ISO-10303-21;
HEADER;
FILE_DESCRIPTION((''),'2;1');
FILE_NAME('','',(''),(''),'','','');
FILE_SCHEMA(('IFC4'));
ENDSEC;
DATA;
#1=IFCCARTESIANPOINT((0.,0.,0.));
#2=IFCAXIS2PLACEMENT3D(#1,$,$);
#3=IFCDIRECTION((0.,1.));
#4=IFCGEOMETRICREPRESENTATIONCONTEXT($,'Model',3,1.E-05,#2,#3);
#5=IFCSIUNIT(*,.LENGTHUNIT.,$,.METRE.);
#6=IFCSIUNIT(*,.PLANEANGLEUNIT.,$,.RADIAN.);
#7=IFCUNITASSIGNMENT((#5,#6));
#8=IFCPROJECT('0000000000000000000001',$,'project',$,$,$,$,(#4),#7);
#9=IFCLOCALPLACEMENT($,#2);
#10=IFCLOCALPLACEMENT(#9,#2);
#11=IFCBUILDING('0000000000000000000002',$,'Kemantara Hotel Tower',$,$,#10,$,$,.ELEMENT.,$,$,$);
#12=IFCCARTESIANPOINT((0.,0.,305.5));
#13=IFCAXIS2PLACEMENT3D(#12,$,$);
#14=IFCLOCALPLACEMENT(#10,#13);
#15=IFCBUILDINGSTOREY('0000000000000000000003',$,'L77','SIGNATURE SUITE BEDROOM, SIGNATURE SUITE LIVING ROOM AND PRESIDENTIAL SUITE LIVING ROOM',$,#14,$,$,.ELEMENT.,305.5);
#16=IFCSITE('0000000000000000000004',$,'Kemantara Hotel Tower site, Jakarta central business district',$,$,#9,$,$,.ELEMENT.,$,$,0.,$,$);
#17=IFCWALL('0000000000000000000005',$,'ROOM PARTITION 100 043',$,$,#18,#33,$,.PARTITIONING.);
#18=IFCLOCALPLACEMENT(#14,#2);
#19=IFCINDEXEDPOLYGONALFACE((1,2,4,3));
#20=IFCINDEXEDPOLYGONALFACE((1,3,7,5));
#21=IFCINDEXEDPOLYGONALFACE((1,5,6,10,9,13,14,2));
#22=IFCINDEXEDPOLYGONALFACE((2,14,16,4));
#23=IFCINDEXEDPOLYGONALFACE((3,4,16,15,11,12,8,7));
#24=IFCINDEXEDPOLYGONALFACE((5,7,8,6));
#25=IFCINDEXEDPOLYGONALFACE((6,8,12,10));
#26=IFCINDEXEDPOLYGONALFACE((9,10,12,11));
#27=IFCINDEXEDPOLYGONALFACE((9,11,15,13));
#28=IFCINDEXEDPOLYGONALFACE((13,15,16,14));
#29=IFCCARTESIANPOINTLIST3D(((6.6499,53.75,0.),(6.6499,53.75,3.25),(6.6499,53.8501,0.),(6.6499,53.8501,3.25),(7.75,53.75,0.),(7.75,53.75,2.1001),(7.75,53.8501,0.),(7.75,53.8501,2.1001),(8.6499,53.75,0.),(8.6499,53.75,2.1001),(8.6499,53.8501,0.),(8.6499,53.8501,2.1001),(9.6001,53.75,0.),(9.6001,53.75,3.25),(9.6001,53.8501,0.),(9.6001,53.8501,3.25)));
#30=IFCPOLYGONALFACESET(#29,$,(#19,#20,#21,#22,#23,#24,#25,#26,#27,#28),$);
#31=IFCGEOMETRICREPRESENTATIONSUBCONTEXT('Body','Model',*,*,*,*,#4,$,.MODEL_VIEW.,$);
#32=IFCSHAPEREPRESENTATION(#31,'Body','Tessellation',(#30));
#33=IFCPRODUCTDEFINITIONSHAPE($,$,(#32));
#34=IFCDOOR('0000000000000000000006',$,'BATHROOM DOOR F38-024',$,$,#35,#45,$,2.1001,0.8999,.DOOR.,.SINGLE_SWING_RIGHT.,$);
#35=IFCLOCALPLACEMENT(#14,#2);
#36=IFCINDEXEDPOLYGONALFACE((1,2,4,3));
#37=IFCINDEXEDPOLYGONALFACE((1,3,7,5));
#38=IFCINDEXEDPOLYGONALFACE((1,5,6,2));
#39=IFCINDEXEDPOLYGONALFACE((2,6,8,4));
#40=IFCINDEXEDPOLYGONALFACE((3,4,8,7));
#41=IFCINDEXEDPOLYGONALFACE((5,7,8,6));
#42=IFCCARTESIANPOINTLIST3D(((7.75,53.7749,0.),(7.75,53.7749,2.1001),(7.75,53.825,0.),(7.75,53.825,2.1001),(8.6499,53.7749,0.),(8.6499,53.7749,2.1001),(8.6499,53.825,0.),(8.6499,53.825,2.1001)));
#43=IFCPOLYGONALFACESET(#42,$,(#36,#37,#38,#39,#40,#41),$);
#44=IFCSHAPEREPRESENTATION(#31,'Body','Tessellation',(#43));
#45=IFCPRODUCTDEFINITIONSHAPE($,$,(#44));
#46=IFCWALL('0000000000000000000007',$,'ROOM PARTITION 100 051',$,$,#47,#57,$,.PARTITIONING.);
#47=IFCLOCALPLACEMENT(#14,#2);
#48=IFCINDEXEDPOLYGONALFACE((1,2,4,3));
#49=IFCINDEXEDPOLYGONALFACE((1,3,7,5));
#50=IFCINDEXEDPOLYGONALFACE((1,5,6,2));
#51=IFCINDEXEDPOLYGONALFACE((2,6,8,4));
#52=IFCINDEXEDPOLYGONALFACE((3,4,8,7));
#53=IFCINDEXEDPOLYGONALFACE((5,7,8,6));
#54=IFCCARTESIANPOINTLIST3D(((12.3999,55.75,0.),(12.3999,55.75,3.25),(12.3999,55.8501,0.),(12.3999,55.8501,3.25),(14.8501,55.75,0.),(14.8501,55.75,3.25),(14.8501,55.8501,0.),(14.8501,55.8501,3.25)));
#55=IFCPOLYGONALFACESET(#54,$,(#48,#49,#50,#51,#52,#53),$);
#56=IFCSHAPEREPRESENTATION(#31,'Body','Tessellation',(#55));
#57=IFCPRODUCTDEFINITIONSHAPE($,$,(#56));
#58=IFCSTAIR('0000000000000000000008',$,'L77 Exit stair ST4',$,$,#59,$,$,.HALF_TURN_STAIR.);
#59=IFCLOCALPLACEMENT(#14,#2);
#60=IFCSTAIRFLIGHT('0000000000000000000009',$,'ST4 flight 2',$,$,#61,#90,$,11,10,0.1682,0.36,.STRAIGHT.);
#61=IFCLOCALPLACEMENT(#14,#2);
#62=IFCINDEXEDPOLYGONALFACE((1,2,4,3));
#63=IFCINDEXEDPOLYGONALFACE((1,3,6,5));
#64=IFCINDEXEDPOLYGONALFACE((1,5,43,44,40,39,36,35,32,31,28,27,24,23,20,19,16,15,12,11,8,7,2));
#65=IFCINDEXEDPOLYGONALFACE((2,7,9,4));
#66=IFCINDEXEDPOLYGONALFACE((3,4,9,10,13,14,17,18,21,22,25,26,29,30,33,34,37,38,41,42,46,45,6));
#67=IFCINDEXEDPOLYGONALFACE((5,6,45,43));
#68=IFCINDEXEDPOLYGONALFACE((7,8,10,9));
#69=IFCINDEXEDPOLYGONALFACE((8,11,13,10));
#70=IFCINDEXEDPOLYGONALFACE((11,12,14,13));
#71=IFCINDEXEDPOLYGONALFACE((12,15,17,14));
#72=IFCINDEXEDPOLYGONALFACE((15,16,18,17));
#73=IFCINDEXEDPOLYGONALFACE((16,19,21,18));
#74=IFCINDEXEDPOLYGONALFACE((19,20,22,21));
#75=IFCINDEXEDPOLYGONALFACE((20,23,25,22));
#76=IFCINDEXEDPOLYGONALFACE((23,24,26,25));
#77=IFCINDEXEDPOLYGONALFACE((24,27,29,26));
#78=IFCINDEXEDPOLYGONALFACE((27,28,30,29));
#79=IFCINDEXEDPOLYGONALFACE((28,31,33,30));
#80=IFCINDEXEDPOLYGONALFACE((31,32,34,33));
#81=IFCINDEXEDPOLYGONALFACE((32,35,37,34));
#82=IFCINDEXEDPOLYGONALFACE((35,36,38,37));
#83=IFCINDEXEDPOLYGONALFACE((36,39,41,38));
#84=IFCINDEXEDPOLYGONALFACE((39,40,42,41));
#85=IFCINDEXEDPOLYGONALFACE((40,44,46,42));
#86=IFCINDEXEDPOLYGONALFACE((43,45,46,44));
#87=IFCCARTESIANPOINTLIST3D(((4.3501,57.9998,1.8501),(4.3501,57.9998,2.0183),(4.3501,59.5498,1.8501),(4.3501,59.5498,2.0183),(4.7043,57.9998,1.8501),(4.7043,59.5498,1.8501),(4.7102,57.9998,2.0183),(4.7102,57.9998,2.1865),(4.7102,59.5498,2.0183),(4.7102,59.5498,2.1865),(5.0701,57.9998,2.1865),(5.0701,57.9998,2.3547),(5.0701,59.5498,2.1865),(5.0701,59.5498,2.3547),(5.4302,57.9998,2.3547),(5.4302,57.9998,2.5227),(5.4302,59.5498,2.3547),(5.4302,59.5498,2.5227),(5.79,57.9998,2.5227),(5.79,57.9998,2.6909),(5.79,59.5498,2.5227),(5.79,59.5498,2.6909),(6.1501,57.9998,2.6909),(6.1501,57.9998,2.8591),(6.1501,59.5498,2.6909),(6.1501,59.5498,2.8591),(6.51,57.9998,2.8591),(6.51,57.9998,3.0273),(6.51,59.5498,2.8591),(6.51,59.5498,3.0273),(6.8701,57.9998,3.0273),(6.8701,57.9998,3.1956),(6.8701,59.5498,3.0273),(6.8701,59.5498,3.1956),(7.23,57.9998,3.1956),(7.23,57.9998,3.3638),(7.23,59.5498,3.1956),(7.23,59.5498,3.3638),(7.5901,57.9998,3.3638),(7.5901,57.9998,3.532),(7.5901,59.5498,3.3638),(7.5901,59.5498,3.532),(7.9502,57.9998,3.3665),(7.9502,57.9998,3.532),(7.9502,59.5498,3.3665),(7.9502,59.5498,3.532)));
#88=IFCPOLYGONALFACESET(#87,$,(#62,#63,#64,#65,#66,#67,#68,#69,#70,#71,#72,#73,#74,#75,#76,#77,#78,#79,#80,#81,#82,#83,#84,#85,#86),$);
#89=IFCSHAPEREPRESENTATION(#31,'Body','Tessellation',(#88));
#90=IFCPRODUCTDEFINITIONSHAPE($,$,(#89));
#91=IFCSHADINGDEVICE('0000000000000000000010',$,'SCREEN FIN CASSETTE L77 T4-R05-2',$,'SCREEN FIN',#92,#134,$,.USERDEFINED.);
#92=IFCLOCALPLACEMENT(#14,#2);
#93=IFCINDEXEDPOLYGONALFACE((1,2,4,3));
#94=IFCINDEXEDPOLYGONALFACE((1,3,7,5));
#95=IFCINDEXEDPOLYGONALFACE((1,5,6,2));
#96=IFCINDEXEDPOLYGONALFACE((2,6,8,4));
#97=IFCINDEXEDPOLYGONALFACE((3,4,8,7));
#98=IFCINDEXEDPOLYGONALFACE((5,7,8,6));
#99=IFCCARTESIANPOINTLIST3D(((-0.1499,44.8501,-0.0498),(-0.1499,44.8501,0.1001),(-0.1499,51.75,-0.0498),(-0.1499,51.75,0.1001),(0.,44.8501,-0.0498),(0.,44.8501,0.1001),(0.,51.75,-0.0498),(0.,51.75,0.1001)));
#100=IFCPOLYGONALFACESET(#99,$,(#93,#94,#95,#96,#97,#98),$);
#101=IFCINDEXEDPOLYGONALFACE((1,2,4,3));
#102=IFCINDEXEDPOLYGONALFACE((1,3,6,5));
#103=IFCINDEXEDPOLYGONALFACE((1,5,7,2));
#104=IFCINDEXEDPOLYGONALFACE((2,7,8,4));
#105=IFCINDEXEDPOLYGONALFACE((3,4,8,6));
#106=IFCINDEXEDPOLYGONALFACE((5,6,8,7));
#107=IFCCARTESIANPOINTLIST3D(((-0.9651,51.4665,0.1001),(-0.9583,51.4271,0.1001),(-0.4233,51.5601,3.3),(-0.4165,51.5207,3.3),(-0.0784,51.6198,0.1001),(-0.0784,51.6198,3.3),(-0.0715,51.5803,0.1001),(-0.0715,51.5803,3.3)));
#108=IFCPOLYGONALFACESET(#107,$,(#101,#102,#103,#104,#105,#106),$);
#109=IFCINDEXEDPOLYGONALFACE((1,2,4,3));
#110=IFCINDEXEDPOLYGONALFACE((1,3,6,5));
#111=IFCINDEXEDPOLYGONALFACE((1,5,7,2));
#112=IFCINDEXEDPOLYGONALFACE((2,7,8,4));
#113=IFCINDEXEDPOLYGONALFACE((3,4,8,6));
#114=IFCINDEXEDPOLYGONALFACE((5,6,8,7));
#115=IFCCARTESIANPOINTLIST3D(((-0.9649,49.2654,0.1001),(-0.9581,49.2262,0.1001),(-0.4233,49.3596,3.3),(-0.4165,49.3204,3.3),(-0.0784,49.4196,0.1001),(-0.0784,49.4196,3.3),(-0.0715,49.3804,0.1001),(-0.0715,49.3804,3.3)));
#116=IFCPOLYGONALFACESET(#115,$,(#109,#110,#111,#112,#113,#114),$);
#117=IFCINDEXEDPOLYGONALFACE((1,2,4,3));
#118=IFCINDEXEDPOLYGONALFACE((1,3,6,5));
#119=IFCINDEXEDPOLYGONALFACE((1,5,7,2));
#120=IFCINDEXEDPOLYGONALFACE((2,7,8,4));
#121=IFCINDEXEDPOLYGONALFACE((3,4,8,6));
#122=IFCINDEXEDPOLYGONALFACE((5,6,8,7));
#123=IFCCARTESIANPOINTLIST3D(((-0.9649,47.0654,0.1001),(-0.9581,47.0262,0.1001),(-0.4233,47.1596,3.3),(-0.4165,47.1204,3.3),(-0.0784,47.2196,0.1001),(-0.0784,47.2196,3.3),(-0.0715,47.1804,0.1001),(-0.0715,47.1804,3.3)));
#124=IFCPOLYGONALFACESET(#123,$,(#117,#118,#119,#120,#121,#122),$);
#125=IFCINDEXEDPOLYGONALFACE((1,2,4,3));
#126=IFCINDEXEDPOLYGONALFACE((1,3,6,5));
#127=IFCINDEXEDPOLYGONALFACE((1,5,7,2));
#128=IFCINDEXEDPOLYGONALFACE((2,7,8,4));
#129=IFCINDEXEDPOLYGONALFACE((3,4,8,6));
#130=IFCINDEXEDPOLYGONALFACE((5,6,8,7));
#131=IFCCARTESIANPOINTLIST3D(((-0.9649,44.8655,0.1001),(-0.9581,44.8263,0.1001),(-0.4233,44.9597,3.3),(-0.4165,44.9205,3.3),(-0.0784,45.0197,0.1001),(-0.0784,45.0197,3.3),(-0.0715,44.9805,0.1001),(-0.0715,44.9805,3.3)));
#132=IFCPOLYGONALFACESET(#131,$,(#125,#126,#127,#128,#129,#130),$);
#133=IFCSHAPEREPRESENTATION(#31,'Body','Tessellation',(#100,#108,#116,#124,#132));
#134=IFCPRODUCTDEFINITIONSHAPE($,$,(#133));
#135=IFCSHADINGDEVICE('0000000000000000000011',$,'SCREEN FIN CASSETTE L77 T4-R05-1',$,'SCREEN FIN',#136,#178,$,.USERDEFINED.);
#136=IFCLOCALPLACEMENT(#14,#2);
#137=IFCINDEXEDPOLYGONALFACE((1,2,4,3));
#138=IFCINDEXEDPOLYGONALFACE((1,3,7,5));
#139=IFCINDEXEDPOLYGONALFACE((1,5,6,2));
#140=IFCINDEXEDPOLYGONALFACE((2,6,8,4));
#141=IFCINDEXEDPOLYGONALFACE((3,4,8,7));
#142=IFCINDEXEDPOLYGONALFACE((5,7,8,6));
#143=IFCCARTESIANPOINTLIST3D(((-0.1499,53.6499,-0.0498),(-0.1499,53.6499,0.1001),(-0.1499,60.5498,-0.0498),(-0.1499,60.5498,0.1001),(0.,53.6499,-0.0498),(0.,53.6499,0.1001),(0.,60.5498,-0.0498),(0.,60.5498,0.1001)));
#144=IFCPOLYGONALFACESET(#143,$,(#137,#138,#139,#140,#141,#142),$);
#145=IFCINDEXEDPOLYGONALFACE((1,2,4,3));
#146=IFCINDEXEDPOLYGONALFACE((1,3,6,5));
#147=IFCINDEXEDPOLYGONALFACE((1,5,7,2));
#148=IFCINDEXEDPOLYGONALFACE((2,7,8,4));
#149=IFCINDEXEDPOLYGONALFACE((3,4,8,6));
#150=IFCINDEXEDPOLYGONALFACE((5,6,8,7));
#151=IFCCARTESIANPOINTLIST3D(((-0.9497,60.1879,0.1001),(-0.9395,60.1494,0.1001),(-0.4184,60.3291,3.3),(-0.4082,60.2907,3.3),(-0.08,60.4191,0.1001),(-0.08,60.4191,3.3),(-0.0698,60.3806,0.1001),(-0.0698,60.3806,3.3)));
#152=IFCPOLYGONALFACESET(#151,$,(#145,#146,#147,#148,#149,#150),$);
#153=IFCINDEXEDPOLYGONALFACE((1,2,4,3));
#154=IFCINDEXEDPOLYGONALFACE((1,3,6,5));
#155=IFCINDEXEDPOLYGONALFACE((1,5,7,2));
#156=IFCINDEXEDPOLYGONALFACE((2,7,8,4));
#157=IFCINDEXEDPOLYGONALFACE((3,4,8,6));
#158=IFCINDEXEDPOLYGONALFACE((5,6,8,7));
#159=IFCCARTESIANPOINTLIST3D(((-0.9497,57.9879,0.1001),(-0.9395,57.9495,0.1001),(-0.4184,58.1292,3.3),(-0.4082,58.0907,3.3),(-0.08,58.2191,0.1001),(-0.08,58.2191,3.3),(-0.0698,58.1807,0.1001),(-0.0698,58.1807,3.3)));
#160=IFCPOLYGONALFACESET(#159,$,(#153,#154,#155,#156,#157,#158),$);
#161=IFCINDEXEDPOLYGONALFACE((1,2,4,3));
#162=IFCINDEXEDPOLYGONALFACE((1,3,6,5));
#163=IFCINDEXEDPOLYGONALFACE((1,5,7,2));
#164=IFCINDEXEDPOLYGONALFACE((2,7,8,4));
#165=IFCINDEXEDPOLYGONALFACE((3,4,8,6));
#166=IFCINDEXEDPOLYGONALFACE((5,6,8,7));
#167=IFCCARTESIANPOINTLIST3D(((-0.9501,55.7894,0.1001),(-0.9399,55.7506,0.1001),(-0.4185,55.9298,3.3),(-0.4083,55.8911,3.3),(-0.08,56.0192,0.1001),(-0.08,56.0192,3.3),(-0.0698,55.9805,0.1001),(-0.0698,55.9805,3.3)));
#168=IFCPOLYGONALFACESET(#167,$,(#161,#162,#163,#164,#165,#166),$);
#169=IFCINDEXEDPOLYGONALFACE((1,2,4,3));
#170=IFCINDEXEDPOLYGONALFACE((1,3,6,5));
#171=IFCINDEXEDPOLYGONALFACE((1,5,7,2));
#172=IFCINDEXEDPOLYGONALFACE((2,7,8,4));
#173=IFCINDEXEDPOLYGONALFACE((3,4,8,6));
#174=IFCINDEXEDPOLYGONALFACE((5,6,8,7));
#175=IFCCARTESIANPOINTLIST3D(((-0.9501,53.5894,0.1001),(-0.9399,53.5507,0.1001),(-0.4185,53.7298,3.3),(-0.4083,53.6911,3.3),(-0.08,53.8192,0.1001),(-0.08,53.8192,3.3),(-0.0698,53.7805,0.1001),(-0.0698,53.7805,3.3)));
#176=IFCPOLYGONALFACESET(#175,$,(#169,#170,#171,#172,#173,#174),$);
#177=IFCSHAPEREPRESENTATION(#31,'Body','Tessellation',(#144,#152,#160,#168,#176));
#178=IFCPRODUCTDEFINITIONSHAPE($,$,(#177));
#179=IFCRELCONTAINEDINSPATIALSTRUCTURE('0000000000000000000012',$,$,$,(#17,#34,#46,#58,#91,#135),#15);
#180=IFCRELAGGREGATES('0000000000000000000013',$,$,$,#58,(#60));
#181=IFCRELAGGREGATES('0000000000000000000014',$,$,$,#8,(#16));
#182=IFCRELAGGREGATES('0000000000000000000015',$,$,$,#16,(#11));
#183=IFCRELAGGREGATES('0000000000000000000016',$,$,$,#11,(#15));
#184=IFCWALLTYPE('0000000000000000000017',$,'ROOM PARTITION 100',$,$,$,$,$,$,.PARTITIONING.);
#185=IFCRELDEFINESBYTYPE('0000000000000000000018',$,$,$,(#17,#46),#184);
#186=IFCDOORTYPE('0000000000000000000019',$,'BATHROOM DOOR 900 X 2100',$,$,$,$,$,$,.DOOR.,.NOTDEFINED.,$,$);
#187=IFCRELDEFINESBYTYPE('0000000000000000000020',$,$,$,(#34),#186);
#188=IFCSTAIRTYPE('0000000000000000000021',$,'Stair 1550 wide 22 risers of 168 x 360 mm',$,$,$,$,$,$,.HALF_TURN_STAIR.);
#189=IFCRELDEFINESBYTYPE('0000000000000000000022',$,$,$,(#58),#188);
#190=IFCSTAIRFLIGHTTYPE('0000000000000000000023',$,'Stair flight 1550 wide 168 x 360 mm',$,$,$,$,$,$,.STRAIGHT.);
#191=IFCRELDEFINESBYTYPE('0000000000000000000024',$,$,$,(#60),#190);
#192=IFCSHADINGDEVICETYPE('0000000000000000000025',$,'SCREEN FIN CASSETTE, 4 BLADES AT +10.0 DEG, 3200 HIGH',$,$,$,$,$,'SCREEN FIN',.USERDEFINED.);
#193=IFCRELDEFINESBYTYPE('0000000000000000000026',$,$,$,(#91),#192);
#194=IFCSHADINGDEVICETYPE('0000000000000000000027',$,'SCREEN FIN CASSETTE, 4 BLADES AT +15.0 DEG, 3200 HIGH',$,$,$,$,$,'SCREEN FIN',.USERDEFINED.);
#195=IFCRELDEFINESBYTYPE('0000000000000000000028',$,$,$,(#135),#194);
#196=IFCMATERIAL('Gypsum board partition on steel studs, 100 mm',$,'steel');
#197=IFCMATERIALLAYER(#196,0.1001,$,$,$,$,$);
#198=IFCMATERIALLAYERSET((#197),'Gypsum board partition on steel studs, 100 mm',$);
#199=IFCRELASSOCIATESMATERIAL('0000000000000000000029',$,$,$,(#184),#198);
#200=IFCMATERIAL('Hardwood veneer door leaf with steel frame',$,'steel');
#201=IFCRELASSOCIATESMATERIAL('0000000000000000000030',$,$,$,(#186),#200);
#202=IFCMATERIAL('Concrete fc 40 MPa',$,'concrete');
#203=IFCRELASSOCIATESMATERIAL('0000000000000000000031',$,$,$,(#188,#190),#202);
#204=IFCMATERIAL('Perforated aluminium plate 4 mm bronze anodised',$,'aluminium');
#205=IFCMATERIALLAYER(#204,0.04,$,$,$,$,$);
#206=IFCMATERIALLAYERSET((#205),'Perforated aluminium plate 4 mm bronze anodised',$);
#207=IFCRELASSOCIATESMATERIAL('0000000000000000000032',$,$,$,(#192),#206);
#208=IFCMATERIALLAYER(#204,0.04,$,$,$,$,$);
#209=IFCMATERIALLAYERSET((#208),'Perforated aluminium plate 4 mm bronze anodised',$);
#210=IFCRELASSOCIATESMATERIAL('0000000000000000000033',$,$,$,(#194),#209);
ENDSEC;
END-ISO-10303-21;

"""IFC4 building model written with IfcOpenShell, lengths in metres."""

from ifc_helpers import new_model, si_unit, direction, frame, frame_2d, origin, origin_2d, place, context, subcontext, project, spatial, polyline, rectangle, outline, extrude, source, transform, mapped, material, layer, layer_set, type_object, element, fill, aggregate, save


model = new_model("IFC4")

# Units and contexts
model_context = context("Model", 3, precision=1e-05, world=origin(), true_north=direction((0.0, 1.0)))
body_context = subcontext(model_context, "Body", "Model", "MODEL_VIEW")
ifc_project = project(units=[si_unit("LENGTHUNIT", "METRE"), si_unit("PLANEANGLEUNIT", "RADIAN")], contexts=[model_context])

# Site, building, storey
site_placement = place(None, origin())
site = spatial("IfcSite", under=ifc_project, at=site_placement, Name="Kemantara Hotel Tower site, Jakarta central business district", CompositionType="ELEMENT", RefElevation=0.0)
building_placement = place(site_placement, origin())
building = spatial("IfcBuilding", under=site, at=building_placement, Name="Kemantara Hotel Tower", CompositionType="ELEMENT")
storey_placement = place(building_placement, frame((0.0, 0.0, 305.5)))
storey = spatial("IfcBuildingStorey", under=building, at=storey_placement, Name="L77", Description="SIGNATURE SUITE BEDROOM, SIGNATURE SUITE LIVING ROOM AND PRESIDENTIAL SUITE LIVING ROOM", CompositionType="ELEMENT", Elevation=305.5)

# Shared definitions
ifc_material_1 = material(Name="Hardwood veneer door leaf with steel frame", Category="steel")

# Shared definitions
ifc_material_2 = material(Name="Concrete fc 40 MPa", Category="concrete")

# Shared definitions
ifc_material_3 = material(Name="Gypsum board partition on steel studs, 100 mm", Category="steel")
ifc_layer_1 = layer(ifc_material_3, 0.1001)
ifc_layer_set_1 = layer_set([ifc_layer_1], Name="Gypsum board partition on steel studs, 100 mm")
wall_type_1 = type_object("IfcWallType", Name="ROOM PARTITION 100", PredefinedType="PARTITIONING", material=ifc_layer_set_1)

# Wall, opening, door
wall_1_placement = place(storey_placement, frame((6.6499, 53.8, 0.0), z_axis=(0.0, 0.0, 1.0), x_axis=(1.0, 0.0, 0.0)))
wall_1 = element("IfcWall", 1, at=wall_1_placement, inside=storey, type_object=wall_type_1, Name="ROOM PARTITION 100 043", PredefinedType="PARTITIONING", context=body_context, shape_type="SweptSolid", body=[
    extrude(rectangle(XDim=2.9502, YDim=0.1001, at=frame_2d((1.4751, 0.0))), origin(), (0.0, 0.0, 1.0), 3.25),
])
opening_1_placement = place(wall_1_placement, frame((1.1001, 0.0, 0.0)))
opening_1 = element("IfcOpeningElement", 2, at=opening_1_placement, cuts=wall_1, PredefinedType="OPENING", context=body_context, shape_type="SweptSolid", body=[
    extrude(rectangle(XDim=0.8999, YDim=2.1001, at=frame_2d((0.45, 1.05))), frame((0.0, 0.0601, 0.0), z_axis=(0.0, -1.0, 0.0), x_axis=(1.0, 0.0, 0.0)), (0.0, 0.0, 1.0), 0.1201),
])
door_type_1 = type_object("IfcDoorType", Name="BATHROOM DOOR 900 X 2100", OperationType="NOTDEFINED", PredefinedType="DOOR", material=ifc_material_1)
door_1_placement = place(opening_1_placement, origin())
door_1 = element("IfcDoor", 3, at=door_1_placement, inside=storey, type_object=door_type_1, Name="BATHROOM DOOR F38-024", OperationType="SINGLE_SWING_RIGHT", OverallHeight=2.1001, OverallWidth=0.8999, PredefinedType="DOOR", context=body_context, shape_type="SweptSolid", body=[
    extrude(rectangle(XDim=0.8999, YDim=2.1001, at=frame_2d((0.45, 1.05))), frame((0.0, 0.0249, 0.0), z_axis=(0.0, -1.0, 0.0), x_axis=(1.0, 0.0, 0.0)), (0.0, 0.0, 1.0), 0.05),
])
fill(opening_1, door_1)

# Wall
wall_2_placement = place(storey_placement, frame((12.3999, 55.8, 0.0), z_axis=(0.0, 0.0, 1.0), x_axis=(1.0, 0.0, 0.0)))
element("IfcWall", 4, at=wall_2_placement, inside=storey, type_object=wall_type_1, Name="ROOM PARTITION 100 051", PredefinedType="PARTITIONING", context=body_context, shape_type="SweptSolid", body=[
    extrude(rectangle(XDim=2.4502, YDim=0.1001, at=frame_2d((1.2251, 0.0))), origin(), (0.0, 0.0, 1.0), 3.25),
])

# Stair, stair flight
stair_type = type_object("IfcStairType", Name="Stair 1550 wide 22 risers of 168 x 360 mm", PredefinedType="HALF_TURN_STAIR", material=ifc_material_2)
stair_placement = place(storey_placement, origin())
stair = element("IfcStair", 5, at=stair_placement, inside=storey, type_object=stair_type, Name="L77 Exit stair ST4", PredefinedType="HALF_TURN_STAIR")
stair_flight_type = type_object("IfcStairFlightType", Name="Stair flight 1550 wide 168 x 360 mm", PredefinedType="STRAIGHT", material=ifc_material_2)
stair_flight_placement = place(storey_placement, frame((4.3501, 58.7749, 1.8501), z_axis=(0.0, 0.0, 1.0), x_axis=(1.0, 0.0, 0.0)))
stair_flight = element("IfcStairFlight", 6, at=stair_flight_placement, type_object=stair_flight_type, Name="ST4 flight 2", NumberOfRisers=11, NumberOfTreads=10, PredefinedType="STRAIGHT", RiserHeight=0.1682, TreadLength=0.36, context=body_context, shape_type="SweptSolid", body=[
    extrude(outline(polyline([(0.0, 0.0), (0.0, 0.1682), (0.3601, 0.1682), (0.3601, 0.3364), (0.72, 0.3364), (0.72, 0.5046), (1.0801, 0.5046), (1.0801, 0.6726), (1.4399, 0.6726), (1.4399, 0.8408), (1.8, 0.8408), (1.8, 1.009), (2.1599, 1.009), (2.1599, 1.1772), (2.52, 1.1772), (2.52, 1.3455), (2.8799, 1.3455), (2.8799, 1.5137), (3.24, 1.5137), (3.24, 1.6819), (3.6001, 1.6819), (3.6001, 1.8501), (3.6001, 1.5164), (0.3542, 0.0), (0.0, 0.0)])), frame((0.0, 0.7749, 0.0), z_axis=(0.0, -1.0, 0.0), x_axis=(1.0, 0.0, 0.0)), (0.0, 0.0, 1.0), 1.55),
])
aggregate(stair, [stair_flight])

# Shading devices
ifc_material_4 = material(Name="Perforated aluminium plate 4 mm bronze anodised", Category="aluminium")
ifc_layer_2 = layer(ifc_material_4, 0.04)
ifc_layer_set_2 = layer_set([ifc_layer_2], Name="Perforated aluminium plate 4 mm bronze anodised")
shading_device_type_1 = type_object("IfcShadingDeviceType", Name="SCREEN FIN CASSETTE, 4 BLADES AT +10.0 DEG, 3200 HIGH", ElementType="SCREEN FIN", PredefinedType="USERDEFINED", material=ifc_layer_set_2)
shared_shape_1 = source(origin(), body_context, "Body", "SweptSolid", [
    extrude(rectangle(XDim=6.8999, YDim=0.1499, at=origin_2d()), frame((3.3, -0.075, -0.1499), z_axis=(0.0, 0.0, 1.0), x_axis=(1.0, 0.0, 0.0)), (0.0, 0.0, 1.0), 0.1499),
    extrude(outline(polyline([(0.0, 0.0), (0.8999, 0.0), (0.3501, 3.2), (0.0, 3.2), (0.0, 0.0)])), frame((0.0198, -0.0715, 0.0), z_axis=(-0.98539, -0.170314, 0.0), x_axis=(0.170314, -0.98539, 0.0)), (0.0, 0.0, 1.0), 0.04),
    extrude(outline(polyline([(0.0, 0.0), (0.8999, 0.0), (0.3501, 3.2), (0.0, 3.2), (0.0, 0.0)])), frame((2.2197, -0.0715, 0.0), z_axis=(-0.985212, -0.171341, 0.0), x_axis=(0.171341, -0.985212, 0.0)), (0.0, 0.0, 1.0), 0.0398),
    extrude(outline(polyline([(0.0, 0.0), (0.8999, 0.0), (0.3501, 3.2), (0.0, 3.2), (0.0, 0.0)])), frame((4.4197, -0.0715, 0.0), z_axis=(-0.985212, -0.171341, 0.0), x_axis=(0.171341, -0.985212, 0.0)), (0.0, 0.0, 1.0), 0.0398),
    extrude(outline(polyline([(0.0, 0.0), (0.8999, 0.0), (0.3501, 3.2), (0.0, 3.2), (0.0, 0.0)])), frame((6.6196, -0.0715, 0.0), z_axis=(-0.985212, -0.171341, 0.0), x_axis=(0.171341, -0.985212, 0.0)), (0.0, 0.0, 1.0), 0.0398),
])
shading_device_1_placement = place(storey_placement, frame((0.0, 51.6001, 0.1001), z_axis=(0.0, 0.0, 1.0), x_axis=(0.0, -1.0, 0.0)))
element("IfcShadingDevice", 7, at=shading_device_1_placement, inside=storey, type_object=shading_device_type_1, Name="SCREEN FIN CASSETTE L77 T4-R05-2", ObjectType="SCREEN FIN", PredefinedType="USERDEFINED", context=body_context, shape_type="MappedRepresentation", body=[
    mapped(shared_shape_1, transform((0.0, 0.0, 0.0))),
])
ifc_layer_3 = layer(ifc_material_4, 0.04)
ifc_layer_set_3 = layer_set([ifc_layer_3], Name="Perforated aluminium plate 4 mm bronze anodised")
shading_device_type_2 = type_object("IfcShadingDeviceType", Name="SCREEN FIN CASSETTE, 4 BLADES AT +15.0 DEG, 3200 HIGH", ElementType="SCREEN FIN", PredefinedType="USERDEFINED", material=ifc_layer_set_3)
shared_shape_2 = source(origin(), body_context, "Body", "SweptSolid", [
    extrude(rectangle(XDim=6.8999, YDim=0.1499, at=origin_2d()), frame((3.3, -0.075, -0.1499), z_axis=(0.0, 0.0, 1.0), x_axis=(1.0, 0.0, 0.0)), (0.0, 0.0, 1.0), 0.1499),
    extrude(outline(polyline([(0.0, 0.0), (0.8999, 0.0), (0.3501, 3.2), (0.0, 3.2), (0.0, 0.0)])), frame((0.0193, -0.0698, 0.0), z_axis=(-0.966438, -0.256901, 0.0), x_axis=(0.256901, -0.966438, 0.0)), (0.0, 0.0, 1.0), 0.0398),
    extrude(outline(polyline([(0.0, 0.0), (0.8999, 0.0), (0.3501, 3.2), (0.0, 3.2), (0.0, 0.0)])), frame((2.2192, -0.0698, 0.0), z_axis=(-0.966438, -0.256901, 0.0), x_axis=(0.256901, -0.966438, 0.0)), (0.0, 0.0, 1.0), 0.0398),
    extrude(outline(polyline([(0.0, 0.0), (0.8999, 0.0), (0.3501, 3.2), (0.0, 3.2), (0.0, 0.0)])), frame((4.4194, -0.0698, 0.0), z_axis=(-0.966838, -0.255391, 0.0), x_axis=(0.255391, -0.966838, 0.0)), (0.0, 0.0, 1.0), 0.04),
    extrude(outline(polyline([(0.0, 0.0), (0.8999, 0.0), (0.3501, 3.2), (0.0, 3.2), (0.0, 0.0)])), frame((6.6194, -0.0698, 0.0), z_axis=(-0.966838, -0.255391, 0.0), x_axis=(0.255391, -0.966838, 0.0)), (0.0, 0.0, 1.0), 0.04),
])
shading_device_2_placement = place(storey_placement, frame((0.0, 60.3999, 0.1001), z_axis=(0.0, 0.0, 1.0), x_axis=(0.0, -1.0, 0.0)))
element("IfcShadingDevice", 8, at=shading_device_2_placement, inside=storey, type_object=shading_device_type_2, Name="SCREEN FIN CASSETTE L77 T4-R05-1", ObjectType="SCREEN FIN", PredefinedType="USERDEFINED", context=body_context, shape_type="MappedRepresentation", body=[
    mapped(shared_shape_2, transform((0.0, 0.0, 0.0))),
])

save(model, "model.ifc")
